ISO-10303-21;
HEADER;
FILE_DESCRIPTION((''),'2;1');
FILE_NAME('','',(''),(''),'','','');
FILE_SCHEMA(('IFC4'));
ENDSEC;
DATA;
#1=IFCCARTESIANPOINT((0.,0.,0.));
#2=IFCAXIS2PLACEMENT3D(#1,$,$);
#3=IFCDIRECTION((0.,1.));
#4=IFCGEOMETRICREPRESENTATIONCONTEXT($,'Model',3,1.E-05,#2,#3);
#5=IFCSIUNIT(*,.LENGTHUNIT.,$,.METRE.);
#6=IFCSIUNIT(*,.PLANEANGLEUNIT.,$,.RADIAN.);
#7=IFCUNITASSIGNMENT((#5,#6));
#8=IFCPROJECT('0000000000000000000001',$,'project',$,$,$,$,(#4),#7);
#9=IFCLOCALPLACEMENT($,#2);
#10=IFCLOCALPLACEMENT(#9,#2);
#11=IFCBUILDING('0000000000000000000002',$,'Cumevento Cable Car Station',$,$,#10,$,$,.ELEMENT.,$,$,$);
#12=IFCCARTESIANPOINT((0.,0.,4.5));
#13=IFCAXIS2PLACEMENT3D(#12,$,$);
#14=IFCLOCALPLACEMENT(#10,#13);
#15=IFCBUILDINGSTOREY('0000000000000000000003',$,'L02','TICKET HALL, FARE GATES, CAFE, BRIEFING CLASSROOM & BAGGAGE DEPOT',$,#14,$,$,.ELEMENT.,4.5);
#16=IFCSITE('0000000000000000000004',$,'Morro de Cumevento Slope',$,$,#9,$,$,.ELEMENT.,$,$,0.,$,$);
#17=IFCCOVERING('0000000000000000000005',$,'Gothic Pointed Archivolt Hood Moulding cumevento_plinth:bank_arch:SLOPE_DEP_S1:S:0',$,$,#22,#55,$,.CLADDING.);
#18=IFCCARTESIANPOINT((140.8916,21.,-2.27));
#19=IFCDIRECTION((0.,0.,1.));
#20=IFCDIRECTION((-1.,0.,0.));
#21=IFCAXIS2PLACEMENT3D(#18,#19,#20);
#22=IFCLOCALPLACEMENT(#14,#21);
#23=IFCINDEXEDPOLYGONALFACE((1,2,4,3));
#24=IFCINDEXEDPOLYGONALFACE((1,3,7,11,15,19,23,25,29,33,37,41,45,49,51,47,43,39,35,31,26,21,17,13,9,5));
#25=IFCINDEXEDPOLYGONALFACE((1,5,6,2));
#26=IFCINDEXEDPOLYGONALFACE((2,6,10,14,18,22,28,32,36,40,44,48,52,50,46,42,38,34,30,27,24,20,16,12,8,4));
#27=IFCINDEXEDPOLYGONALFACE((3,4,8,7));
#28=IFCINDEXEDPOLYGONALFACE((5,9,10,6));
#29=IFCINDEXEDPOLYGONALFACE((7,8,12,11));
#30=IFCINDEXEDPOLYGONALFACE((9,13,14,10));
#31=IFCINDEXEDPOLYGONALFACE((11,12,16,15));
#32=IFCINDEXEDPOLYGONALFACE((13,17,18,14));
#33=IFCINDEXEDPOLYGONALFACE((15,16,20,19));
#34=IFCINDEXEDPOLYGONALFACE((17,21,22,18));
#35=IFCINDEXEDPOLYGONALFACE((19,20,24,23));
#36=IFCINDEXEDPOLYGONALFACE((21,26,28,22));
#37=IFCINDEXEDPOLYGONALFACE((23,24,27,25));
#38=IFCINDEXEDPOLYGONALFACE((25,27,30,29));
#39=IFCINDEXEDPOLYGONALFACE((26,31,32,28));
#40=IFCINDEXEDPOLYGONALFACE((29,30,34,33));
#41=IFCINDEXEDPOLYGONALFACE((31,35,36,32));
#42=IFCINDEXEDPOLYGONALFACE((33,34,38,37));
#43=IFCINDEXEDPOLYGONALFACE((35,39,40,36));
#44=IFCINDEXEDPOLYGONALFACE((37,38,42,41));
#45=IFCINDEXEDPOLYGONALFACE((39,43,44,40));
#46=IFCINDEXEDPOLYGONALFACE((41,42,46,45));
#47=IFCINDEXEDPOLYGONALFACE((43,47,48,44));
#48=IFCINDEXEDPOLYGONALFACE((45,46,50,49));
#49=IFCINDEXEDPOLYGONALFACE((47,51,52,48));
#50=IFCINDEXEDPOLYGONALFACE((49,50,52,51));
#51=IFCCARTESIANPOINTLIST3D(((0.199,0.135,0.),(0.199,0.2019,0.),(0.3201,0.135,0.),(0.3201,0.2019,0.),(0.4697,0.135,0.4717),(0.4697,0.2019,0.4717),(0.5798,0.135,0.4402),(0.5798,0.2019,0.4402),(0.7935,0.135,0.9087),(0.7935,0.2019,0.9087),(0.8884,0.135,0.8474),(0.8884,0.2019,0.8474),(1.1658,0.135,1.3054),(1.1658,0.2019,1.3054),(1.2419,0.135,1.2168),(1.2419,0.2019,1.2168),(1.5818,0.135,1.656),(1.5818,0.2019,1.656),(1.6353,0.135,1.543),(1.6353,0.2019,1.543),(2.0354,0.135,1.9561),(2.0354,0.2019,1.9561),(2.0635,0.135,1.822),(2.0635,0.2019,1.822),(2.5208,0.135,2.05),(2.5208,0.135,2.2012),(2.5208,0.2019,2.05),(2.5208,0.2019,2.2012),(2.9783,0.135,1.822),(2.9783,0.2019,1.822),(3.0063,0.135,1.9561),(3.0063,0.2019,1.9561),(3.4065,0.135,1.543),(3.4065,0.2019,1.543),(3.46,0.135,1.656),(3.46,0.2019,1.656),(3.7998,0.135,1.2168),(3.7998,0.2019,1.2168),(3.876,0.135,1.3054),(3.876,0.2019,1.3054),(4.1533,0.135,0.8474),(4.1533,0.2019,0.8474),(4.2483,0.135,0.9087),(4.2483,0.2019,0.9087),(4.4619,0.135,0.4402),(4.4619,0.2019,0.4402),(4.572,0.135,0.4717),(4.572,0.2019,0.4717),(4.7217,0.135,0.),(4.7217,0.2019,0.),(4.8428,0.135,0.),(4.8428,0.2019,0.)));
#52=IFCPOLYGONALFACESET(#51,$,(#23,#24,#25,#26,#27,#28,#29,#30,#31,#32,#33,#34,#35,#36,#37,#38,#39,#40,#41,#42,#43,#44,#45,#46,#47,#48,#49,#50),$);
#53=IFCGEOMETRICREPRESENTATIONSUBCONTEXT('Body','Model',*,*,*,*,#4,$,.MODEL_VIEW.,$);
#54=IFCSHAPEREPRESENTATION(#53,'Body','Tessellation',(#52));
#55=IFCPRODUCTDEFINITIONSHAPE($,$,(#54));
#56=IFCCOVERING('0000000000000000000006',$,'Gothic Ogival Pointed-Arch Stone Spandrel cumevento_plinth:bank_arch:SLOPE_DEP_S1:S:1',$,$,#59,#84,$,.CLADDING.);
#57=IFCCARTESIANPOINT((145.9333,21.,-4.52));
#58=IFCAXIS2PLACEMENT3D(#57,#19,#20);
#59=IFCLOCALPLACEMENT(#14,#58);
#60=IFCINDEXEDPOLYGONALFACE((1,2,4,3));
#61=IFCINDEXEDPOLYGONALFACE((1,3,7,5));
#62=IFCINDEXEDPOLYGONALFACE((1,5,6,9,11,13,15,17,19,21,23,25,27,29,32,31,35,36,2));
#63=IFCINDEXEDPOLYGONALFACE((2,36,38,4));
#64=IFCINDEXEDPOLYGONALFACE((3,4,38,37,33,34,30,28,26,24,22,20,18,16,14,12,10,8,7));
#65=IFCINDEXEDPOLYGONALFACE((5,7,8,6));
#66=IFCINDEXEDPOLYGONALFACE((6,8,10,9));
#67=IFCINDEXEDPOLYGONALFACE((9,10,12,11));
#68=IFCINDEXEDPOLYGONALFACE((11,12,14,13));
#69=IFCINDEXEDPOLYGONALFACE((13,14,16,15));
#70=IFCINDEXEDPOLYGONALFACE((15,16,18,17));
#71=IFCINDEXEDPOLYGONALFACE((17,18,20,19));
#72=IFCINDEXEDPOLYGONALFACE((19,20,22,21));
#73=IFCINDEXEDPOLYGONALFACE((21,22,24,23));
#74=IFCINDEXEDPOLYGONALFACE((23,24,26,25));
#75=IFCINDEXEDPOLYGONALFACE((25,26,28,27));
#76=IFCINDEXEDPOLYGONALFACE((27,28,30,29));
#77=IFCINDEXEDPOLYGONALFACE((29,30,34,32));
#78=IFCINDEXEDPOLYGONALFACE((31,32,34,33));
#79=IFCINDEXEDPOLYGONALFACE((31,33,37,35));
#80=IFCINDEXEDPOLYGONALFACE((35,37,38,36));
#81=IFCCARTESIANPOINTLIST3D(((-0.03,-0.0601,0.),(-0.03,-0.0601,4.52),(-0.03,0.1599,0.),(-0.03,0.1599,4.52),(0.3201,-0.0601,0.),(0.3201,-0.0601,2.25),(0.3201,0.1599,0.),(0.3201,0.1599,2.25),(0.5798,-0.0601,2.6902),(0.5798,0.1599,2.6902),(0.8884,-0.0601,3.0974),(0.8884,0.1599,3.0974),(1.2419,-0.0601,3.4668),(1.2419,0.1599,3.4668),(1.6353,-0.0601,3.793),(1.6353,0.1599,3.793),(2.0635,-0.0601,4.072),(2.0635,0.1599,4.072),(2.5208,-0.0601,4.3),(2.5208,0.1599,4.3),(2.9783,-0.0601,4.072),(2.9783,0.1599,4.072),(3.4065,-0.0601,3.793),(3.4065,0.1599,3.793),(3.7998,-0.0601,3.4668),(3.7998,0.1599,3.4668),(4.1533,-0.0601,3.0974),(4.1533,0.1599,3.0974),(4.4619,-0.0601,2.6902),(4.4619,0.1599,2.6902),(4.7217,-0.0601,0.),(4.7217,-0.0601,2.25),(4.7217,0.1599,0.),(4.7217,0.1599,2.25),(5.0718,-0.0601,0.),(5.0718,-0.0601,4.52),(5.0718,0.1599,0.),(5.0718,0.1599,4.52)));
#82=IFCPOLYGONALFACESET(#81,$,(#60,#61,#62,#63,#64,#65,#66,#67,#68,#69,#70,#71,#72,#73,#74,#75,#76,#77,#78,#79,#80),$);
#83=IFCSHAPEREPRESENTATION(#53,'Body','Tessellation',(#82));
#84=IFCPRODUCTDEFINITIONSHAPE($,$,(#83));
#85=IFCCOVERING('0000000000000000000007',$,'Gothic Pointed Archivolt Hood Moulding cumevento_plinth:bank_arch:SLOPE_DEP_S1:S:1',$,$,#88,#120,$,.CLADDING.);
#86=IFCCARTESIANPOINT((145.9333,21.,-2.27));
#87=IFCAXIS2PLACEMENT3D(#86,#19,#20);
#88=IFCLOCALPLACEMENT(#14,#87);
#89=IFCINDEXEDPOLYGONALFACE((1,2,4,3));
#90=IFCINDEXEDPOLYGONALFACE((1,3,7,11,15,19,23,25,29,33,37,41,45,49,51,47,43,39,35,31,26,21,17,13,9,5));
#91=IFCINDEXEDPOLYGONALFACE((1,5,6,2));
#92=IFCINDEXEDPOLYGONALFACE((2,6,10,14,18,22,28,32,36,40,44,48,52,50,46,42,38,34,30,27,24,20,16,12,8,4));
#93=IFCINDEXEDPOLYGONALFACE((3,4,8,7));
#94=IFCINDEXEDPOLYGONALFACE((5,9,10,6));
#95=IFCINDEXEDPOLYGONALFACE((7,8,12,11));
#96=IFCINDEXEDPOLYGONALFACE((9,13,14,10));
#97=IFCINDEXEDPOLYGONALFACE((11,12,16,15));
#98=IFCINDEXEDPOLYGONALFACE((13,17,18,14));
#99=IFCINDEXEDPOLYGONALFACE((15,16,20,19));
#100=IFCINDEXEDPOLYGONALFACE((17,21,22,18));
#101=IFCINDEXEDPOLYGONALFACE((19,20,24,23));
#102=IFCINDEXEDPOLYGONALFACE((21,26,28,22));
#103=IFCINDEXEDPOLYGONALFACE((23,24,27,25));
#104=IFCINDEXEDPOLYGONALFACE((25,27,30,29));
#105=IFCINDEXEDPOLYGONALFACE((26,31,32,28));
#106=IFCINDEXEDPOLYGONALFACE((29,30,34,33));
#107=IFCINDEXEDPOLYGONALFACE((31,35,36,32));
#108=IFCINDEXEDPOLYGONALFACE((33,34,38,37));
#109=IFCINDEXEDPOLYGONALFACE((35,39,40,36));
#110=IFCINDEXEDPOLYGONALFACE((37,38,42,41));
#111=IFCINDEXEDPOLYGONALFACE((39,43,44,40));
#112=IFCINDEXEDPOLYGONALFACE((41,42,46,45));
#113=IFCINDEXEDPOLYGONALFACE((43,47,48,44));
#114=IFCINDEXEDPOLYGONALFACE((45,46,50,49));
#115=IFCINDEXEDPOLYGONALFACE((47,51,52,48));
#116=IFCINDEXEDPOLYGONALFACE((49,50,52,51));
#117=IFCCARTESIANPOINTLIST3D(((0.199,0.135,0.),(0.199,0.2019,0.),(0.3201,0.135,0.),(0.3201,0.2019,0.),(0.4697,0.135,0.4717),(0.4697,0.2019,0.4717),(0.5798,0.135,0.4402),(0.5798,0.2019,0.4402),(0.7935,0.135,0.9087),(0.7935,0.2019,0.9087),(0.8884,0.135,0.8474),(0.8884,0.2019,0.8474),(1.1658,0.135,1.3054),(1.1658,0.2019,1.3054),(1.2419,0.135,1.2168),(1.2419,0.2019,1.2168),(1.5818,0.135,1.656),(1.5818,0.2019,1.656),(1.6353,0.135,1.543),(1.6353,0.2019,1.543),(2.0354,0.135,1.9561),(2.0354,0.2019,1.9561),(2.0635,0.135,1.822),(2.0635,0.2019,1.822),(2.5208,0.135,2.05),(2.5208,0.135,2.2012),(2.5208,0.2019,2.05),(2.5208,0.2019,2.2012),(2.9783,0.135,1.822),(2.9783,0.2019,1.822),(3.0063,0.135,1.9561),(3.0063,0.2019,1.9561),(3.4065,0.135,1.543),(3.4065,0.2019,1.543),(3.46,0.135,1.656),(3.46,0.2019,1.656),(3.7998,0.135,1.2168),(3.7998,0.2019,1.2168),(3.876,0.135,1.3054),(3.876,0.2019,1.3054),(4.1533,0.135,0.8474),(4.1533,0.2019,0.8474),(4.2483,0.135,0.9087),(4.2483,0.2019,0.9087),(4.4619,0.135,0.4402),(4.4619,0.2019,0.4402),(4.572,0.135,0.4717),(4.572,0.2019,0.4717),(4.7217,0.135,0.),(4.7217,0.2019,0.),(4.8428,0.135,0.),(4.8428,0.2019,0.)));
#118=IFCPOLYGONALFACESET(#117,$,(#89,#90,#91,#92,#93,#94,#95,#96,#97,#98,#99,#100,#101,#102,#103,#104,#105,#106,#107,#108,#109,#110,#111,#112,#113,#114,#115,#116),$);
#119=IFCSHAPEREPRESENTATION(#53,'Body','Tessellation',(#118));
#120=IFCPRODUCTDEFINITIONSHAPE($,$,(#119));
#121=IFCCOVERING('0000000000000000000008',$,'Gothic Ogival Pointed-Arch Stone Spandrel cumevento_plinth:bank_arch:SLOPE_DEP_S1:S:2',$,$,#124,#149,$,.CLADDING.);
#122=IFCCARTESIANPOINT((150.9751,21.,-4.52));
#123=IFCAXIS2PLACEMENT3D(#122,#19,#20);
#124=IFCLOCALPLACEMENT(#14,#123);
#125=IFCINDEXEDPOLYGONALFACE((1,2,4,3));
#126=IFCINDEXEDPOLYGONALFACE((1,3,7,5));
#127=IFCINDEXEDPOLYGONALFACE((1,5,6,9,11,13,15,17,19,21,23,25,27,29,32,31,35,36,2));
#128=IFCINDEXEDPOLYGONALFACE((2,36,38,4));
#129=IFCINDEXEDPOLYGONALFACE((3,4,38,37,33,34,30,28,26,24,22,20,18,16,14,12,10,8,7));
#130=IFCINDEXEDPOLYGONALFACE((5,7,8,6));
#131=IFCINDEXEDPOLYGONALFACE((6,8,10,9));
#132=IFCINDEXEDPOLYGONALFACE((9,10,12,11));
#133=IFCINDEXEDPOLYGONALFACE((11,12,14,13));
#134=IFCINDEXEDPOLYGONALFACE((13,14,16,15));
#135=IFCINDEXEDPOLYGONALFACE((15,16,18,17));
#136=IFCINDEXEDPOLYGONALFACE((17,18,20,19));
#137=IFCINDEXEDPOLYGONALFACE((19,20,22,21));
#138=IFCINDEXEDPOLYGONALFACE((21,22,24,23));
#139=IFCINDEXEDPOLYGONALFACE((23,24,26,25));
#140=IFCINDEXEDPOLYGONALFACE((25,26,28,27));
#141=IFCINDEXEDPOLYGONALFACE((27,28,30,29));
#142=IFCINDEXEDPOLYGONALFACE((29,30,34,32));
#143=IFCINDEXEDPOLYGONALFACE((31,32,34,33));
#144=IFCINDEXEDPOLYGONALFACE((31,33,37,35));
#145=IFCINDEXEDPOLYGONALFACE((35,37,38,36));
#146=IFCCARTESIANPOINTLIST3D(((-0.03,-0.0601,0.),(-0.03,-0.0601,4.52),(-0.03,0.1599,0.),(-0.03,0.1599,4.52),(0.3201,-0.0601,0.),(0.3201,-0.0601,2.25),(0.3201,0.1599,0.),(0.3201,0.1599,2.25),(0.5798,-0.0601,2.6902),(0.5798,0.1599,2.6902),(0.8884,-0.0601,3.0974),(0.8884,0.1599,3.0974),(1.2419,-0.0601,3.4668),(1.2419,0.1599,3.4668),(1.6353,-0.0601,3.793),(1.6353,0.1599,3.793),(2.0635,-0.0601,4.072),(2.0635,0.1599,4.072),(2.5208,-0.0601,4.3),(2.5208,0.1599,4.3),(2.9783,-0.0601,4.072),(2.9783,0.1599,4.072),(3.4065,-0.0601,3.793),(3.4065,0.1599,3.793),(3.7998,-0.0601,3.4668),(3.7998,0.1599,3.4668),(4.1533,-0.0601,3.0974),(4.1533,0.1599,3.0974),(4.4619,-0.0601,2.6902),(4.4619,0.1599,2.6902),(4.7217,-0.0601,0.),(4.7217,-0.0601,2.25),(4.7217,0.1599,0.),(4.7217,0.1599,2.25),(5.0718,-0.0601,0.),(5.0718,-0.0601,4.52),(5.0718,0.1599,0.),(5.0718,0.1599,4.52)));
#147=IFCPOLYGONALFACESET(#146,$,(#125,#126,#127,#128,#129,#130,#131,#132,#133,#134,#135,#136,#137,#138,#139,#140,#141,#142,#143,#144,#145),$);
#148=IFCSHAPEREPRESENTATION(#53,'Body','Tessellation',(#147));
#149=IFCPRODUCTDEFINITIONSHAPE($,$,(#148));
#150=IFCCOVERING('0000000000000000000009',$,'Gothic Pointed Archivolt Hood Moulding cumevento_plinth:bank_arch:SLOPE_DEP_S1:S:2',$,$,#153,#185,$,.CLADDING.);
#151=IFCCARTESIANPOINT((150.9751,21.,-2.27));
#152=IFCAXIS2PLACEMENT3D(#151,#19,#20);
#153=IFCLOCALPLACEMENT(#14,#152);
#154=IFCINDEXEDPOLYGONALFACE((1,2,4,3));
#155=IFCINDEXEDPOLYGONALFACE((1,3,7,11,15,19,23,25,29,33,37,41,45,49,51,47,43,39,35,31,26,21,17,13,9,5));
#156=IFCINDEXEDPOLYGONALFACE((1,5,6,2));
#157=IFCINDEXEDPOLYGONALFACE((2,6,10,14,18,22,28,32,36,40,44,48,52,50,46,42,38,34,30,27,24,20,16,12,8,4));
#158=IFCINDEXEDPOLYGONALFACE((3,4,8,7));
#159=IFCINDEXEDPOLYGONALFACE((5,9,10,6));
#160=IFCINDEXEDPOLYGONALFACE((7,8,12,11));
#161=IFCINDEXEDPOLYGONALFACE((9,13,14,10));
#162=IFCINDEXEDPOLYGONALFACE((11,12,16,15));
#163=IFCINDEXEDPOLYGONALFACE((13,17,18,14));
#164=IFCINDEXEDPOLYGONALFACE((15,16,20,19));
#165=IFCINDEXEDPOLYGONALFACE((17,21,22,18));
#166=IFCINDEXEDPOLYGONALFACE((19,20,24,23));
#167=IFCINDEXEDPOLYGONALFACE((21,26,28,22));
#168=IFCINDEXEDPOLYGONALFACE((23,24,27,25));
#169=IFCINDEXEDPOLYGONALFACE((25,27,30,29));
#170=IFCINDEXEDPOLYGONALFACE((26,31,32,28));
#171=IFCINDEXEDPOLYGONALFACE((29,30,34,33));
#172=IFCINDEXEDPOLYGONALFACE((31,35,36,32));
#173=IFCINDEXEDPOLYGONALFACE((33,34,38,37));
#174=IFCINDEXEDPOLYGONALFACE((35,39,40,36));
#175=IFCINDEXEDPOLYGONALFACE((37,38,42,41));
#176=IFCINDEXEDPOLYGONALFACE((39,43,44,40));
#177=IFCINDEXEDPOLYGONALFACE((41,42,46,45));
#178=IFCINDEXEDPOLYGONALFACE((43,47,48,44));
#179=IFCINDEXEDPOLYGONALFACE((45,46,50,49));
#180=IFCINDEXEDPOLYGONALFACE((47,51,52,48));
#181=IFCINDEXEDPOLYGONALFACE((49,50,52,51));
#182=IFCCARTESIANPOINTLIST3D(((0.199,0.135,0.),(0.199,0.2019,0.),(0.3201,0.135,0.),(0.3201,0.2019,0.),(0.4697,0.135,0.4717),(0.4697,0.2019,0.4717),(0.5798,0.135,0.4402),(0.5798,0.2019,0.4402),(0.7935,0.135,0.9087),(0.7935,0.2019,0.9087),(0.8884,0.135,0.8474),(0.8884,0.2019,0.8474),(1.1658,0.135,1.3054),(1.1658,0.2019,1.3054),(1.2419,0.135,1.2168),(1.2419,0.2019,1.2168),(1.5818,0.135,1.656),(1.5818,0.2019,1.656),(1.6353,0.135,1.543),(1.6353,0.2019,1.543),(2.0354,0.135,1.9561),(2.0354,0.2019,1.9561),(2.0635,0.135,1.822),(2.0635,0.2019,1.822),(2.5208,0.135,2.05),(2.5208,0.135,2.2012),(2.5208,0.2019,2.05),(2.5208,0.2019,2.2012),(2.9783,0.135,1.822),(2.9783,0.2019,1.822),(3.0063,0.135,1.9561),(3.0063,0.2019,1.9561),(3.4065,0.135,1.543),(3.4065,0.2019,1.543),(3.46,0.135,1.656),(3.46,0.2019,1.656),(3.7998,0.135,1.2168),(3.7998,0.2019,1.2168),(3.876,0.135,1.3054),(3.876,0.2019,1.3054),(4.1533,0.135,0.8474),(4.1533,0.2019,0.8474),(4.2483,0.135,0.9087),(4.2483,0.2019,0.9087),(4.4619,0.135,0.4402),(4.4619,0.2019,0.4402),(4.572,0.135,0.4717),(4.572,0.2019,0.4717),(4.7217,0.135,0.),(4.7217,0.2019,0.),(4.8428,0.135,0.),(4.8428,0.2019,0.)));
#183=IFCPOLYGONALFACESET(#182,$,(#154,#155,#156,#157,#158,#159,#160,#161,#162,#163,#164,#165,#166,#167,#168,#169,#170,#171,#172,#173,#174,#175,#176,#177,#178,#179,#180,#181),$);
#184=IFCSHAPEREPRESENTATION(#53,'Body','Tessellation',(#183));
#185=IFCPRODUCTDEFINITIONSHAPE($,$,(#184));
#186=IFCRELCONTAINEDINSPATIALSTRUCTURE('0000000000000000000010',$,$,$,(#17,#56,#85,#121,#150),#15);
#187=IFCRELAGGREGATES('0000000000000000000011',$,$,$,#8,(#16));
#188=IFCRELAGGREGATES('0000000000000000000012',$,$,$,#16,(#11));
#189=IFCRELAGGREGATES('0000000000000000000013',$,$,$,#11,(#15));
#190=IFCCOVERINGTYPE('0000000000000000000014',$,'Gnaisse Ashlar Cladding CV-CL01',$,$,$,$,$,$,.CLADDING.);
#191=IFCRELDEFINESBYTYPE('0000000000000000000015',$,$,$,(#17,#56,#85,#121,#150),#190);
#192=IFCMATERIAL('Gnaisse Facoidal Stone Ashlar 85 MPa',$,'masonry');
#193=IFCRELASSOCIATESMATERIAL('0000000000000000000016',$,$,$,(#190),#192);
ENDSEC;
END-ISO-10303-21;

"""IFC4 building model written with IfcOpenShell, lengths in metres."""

from ifc_helpers import new_model, si_unit, direction, frame, origin, place, context, subcontext, project, spatial, polyline, outline, extrude, material, type_object, element, save


model = new_model("IFC4")

# Units and contexts
model_context = context("Model", 3, precision=1e-05, world=origin(), true_north=direction((0.0, 1.0)))
body_context = subcontext(model_context, "Body", "Model", "MODEL_VIEW")
ifc_project = project(units=[si_unit("LENGTHUNIT", "METRE"), si_unit("PLANEANGLEUNIT", "RADIAN")], contexts=[model_context])

# Site, building, storey
site_placement = place(None, origin())
site = spatial("IfcSite", under=ifc_project, at=site_placement, Name="Morro de Cumevento Slope", CompositionType="ELEMENT", RefElevation=0.0)
building_placement = place(site_placement, origin())
building = spatial("IfcBuilding", under=site, at=building_placement, Name="Cumevento Cable Car Station", CompositionType="ELEMENT")
storey_placement = place(building_placement, frame((0.0, 0.0, 4.5)))
storey = spatial("IfcBuildingStorey", under=building, at=storey_placement, Name="L02", Description="TICKET HALL, FARE GATES, CAFE, BRIEFING CLASSROOM & BAGGAGE DEPOT", CompositionType="ELEMENT", Elevation=4.5)

# Coverings
ifc_material_1 = material(Name="Gnaisse Facoidal Stone Ashlar 85 MPa", Category="masonry")
covering_type = type_object("IfcCoveringType", Name="Gnaisse Ashlar Cladding CV-CL01", PredefinedType="CLADDING", material=ifc_material_1)
covering_1_placement = place(storey_placement, frame((140.8916, 21.0, -2.27), z_axis=(0.0, 0.0, 1.0), x_axis=(-1.0, 0.0, 0.0)))
element("IfcCovering", 1, at=covering_1_placement, inside=storey, type_object=covering_type, Name="Gothic Pointed Archivolt Hood Moulding cumevento_plinth:bank_arch:SLOPE_DEP_S1:S:0", PredefinedType="CLADDING", context=body_context, shape_type="SweptSolid", body=[
    extrude(outline(polyline([(0.3201, 0.0), (0.5798, 0.4402), (0.8884, 0.8474), (1.2419, 1.2168), (1.6353, 1.543), (2.0635, 1.822), (2.5208, 2.05), (2.9783, 1.822), (3.4065, 1.543), (3.7998, 1.2168), (4.1533, 0.8474), (4.4619, 0.4402), (4.7217, 0.0), (4.8428, 0.0), (4.572, 0.4717), (4.2483, 0.9087), (3.876, 1.3054), (3.46, 1.656), (3.0063, 1.9561), (2.5208, 2.2012), (2.0354, 1.9561), (1.5818, 1.656), (1.1658, 1.3054), (0.7935, 0.9087), (0.4697, 0.4717), (0.199, 0.0), (0.3201, 0.0)])), frame((0.0, 0.2019, 0.0), z_axis=(0.0, -1.0, 0.0), x_axis=(1.0, 0.0, 0.0)), (0.0, 0.0, 1.0), 0.0669),
])
covering_2_placement = place(storey_placement, frame((145.9333, 21.0, -4.52), z_axis=(0.0, 0.0, 1.0), x_axis=(-1.0, 0.0, 0.0)))
element("IfcCovering", 2, at=covering_2_placement, inside=storey, type_object=covering_type, Name="Gothic Ogival Pointed-Arch Stone Spandrel cumevento_plinth:bank_arch:SLOPE_DEP_S1:S:1", PredefinedType="CLADDING", context=body_context, shape_type="SweptSolid", body=[
    extrude(outline(polyline([(-0.03, 0.0), (-0.03, 4.52), (5.0718, 4.52), (5.0718, 0.0), (4.7217, 0.0), (4.7217, 2.25), (4.4619, 2.6902), (4.1533, 3.0974), (3.7998, 3.4668), (3.4065, 3.793), (2.9783, 4.072), (2.5208, 4.3), (2.0635, 4.072), (1.6353, 3.793), (1.2419, 3.4668), (0.8884, 3.0974), (0.5798, 2.6902), (0.3201, 2.25), (0.3201, 0.0), (-0.03, 0.0)])), frame((0.0, 0.1599, 0.0), z_axis=(0.0, -1.0, 0.0), x_axis=(1.0, 0.0, 0.0)), (0.0, 0.0, 1.0), 0.22),
])
covering_3_placement = place(storey_placement, frame((145.9333, 21.0, -2.27), z_axis=(0.0, 0.0, 1.0), x_axis=(-1.0, 0.0, 0.0)))
element("IfcCovering", 3, at=covering_3_placement, inside=storey, type_object=covering_type, Name="Gothic Pointed Archivolt Hood Moulding cumevento_plinth:bank_arch:SLOPE_DEP_S1:S:1", PredefinedType="CLADDING", context=body_context, shape_type="SweptSolid", body=[
    extrude(outline(polyline([(0.3201, 0.0), (0.5798, 0.4402), (0.8884, 0.8474), (1.2419, 1.2168), (1.6353, 1.543), (2.0635, 1.822), (2.5208, 2.05), (2.9783, 1.822), (3.4065, 1.543), (3.7998, 1.2168), (4.1533, 0.8474), (4.4619, 0.4402), (4.7217, 0.0), (4.8428, 0.0), (4.572, 0.4717), (4.2483, 0.9087), (3.876, 1.3054), (3.46, 1.656), (3.0063, 1.9561), (2.5208, 2.2012), (2.0354, 1.9561), (1.5818, 1.656), (1.1658, 1.3054), (0.7935, 0.9087), (0.4697, 0.4717), (0.199, 0.0), (0.3201, 0.0)])), frame((0.0, 0.2019, 0.0), z_axis=(0.0, -1.0, 0.0), x_axis=(1.0, 0.0, 0.0)), (0.0, 0.0, 1.0), 0.0669),
])
covering_4_placement = place(storey_placement, frame((150.9751, 21.0, -4.52), z_axis=(0.0, 0.0, 1.0), x_axis=(-1.0, 0.0, 0.0)))
element("IfcCovering", 4, at=covering_4_placement, inside=storey, type_object=covering_type, Name="Gothic Ogival Pointed-Arch Stone Spandrel cumevento_plinth:bank_arch:SLOPE_DEP_S1:S:2", PredefinedType="CLADDING", context=body_context, shape_type="SweptSolid", body=[
    extrude(outline(polyline([(-0.03, 0.0), (-0.03, 4.52), (5.0718, 4.52), (5.0718, 0.0), (4.7217, 0.0), (4.7217, 2.25), (4.4619, 2.6902), (4.1533, 3.0974), (3.7998, 3.4668), (3.4065, 3.793), (2.9783, 4.072), (2.5208, 4.3), (2.0635, 4.072), (1.6353, 3.793), (1.2419, 3.4668), (0.8884, 3.0974), (0.5798, 2.6902), (0.3201, 2.25), (0.3201, 0.0), (-0.03, 0.0)])), frame((0.0, 0.1599, 0.0), z_axis=(0.0, -1.0, 0.0), x_axis=(1.0, 0.0, 0.0)), (0.0, 0.0, 1.0), 0.22),
])
covering_5_placement = place(storey_placement, frame((150.9751, 21.0, -2.27), z_axis=(0.0, 0.0, 1.0), x_axis=(-1.0, 0.0, 0.0)))
element("IfcCovering", 5, at=covering_5_placement, inside=storey, type_object=covering_type, Name="Gothic Pointed Archivolt Hood Moulding cumevento_plinth:bank_arch:SLOPE_DEP_S1:S:2", PredefinedType="CLADDING", context=body_context, shape_type="SweptSolid", body=[
    extrude(outline(polyline([(0.3201, 0.0), (0.5798, 0.4402), (0.8884, 0.8474), (1.2419, 1.2168), (1.6353, 1.543), (2.0635, 1.822), (2.5208, 2.05), (2.9783, 1.822), (3.4065, 1.543), (3.7998, 1.2168), (4.1533, 0.8474), (4.4619, 0.4402), (4.7217, 0.0), (4.8428, 0.0), (4.572, 0.4717), (4.2483, 0.9087), (3.876, 1.3054), (3.46, 1.656), (3.0063, 1.9561), (2.5208, 2.2012), (2.0354, 1.9561), (1.5818, 1.656), (1.1658, 1.3054), (0.7935, 0.9087), (0.4697, 0.4717), (0.199, 0.0), (0.3201, 0.0)])), frame((0.0, 0.2019, 0.0), z_axis=(0.0, -1.0, 0.0), x_axis=(1.0, 0.0, 0.0)), (0.0, 0.0, 1.0), 0.0669),
])

save(model, "model.ifc")
